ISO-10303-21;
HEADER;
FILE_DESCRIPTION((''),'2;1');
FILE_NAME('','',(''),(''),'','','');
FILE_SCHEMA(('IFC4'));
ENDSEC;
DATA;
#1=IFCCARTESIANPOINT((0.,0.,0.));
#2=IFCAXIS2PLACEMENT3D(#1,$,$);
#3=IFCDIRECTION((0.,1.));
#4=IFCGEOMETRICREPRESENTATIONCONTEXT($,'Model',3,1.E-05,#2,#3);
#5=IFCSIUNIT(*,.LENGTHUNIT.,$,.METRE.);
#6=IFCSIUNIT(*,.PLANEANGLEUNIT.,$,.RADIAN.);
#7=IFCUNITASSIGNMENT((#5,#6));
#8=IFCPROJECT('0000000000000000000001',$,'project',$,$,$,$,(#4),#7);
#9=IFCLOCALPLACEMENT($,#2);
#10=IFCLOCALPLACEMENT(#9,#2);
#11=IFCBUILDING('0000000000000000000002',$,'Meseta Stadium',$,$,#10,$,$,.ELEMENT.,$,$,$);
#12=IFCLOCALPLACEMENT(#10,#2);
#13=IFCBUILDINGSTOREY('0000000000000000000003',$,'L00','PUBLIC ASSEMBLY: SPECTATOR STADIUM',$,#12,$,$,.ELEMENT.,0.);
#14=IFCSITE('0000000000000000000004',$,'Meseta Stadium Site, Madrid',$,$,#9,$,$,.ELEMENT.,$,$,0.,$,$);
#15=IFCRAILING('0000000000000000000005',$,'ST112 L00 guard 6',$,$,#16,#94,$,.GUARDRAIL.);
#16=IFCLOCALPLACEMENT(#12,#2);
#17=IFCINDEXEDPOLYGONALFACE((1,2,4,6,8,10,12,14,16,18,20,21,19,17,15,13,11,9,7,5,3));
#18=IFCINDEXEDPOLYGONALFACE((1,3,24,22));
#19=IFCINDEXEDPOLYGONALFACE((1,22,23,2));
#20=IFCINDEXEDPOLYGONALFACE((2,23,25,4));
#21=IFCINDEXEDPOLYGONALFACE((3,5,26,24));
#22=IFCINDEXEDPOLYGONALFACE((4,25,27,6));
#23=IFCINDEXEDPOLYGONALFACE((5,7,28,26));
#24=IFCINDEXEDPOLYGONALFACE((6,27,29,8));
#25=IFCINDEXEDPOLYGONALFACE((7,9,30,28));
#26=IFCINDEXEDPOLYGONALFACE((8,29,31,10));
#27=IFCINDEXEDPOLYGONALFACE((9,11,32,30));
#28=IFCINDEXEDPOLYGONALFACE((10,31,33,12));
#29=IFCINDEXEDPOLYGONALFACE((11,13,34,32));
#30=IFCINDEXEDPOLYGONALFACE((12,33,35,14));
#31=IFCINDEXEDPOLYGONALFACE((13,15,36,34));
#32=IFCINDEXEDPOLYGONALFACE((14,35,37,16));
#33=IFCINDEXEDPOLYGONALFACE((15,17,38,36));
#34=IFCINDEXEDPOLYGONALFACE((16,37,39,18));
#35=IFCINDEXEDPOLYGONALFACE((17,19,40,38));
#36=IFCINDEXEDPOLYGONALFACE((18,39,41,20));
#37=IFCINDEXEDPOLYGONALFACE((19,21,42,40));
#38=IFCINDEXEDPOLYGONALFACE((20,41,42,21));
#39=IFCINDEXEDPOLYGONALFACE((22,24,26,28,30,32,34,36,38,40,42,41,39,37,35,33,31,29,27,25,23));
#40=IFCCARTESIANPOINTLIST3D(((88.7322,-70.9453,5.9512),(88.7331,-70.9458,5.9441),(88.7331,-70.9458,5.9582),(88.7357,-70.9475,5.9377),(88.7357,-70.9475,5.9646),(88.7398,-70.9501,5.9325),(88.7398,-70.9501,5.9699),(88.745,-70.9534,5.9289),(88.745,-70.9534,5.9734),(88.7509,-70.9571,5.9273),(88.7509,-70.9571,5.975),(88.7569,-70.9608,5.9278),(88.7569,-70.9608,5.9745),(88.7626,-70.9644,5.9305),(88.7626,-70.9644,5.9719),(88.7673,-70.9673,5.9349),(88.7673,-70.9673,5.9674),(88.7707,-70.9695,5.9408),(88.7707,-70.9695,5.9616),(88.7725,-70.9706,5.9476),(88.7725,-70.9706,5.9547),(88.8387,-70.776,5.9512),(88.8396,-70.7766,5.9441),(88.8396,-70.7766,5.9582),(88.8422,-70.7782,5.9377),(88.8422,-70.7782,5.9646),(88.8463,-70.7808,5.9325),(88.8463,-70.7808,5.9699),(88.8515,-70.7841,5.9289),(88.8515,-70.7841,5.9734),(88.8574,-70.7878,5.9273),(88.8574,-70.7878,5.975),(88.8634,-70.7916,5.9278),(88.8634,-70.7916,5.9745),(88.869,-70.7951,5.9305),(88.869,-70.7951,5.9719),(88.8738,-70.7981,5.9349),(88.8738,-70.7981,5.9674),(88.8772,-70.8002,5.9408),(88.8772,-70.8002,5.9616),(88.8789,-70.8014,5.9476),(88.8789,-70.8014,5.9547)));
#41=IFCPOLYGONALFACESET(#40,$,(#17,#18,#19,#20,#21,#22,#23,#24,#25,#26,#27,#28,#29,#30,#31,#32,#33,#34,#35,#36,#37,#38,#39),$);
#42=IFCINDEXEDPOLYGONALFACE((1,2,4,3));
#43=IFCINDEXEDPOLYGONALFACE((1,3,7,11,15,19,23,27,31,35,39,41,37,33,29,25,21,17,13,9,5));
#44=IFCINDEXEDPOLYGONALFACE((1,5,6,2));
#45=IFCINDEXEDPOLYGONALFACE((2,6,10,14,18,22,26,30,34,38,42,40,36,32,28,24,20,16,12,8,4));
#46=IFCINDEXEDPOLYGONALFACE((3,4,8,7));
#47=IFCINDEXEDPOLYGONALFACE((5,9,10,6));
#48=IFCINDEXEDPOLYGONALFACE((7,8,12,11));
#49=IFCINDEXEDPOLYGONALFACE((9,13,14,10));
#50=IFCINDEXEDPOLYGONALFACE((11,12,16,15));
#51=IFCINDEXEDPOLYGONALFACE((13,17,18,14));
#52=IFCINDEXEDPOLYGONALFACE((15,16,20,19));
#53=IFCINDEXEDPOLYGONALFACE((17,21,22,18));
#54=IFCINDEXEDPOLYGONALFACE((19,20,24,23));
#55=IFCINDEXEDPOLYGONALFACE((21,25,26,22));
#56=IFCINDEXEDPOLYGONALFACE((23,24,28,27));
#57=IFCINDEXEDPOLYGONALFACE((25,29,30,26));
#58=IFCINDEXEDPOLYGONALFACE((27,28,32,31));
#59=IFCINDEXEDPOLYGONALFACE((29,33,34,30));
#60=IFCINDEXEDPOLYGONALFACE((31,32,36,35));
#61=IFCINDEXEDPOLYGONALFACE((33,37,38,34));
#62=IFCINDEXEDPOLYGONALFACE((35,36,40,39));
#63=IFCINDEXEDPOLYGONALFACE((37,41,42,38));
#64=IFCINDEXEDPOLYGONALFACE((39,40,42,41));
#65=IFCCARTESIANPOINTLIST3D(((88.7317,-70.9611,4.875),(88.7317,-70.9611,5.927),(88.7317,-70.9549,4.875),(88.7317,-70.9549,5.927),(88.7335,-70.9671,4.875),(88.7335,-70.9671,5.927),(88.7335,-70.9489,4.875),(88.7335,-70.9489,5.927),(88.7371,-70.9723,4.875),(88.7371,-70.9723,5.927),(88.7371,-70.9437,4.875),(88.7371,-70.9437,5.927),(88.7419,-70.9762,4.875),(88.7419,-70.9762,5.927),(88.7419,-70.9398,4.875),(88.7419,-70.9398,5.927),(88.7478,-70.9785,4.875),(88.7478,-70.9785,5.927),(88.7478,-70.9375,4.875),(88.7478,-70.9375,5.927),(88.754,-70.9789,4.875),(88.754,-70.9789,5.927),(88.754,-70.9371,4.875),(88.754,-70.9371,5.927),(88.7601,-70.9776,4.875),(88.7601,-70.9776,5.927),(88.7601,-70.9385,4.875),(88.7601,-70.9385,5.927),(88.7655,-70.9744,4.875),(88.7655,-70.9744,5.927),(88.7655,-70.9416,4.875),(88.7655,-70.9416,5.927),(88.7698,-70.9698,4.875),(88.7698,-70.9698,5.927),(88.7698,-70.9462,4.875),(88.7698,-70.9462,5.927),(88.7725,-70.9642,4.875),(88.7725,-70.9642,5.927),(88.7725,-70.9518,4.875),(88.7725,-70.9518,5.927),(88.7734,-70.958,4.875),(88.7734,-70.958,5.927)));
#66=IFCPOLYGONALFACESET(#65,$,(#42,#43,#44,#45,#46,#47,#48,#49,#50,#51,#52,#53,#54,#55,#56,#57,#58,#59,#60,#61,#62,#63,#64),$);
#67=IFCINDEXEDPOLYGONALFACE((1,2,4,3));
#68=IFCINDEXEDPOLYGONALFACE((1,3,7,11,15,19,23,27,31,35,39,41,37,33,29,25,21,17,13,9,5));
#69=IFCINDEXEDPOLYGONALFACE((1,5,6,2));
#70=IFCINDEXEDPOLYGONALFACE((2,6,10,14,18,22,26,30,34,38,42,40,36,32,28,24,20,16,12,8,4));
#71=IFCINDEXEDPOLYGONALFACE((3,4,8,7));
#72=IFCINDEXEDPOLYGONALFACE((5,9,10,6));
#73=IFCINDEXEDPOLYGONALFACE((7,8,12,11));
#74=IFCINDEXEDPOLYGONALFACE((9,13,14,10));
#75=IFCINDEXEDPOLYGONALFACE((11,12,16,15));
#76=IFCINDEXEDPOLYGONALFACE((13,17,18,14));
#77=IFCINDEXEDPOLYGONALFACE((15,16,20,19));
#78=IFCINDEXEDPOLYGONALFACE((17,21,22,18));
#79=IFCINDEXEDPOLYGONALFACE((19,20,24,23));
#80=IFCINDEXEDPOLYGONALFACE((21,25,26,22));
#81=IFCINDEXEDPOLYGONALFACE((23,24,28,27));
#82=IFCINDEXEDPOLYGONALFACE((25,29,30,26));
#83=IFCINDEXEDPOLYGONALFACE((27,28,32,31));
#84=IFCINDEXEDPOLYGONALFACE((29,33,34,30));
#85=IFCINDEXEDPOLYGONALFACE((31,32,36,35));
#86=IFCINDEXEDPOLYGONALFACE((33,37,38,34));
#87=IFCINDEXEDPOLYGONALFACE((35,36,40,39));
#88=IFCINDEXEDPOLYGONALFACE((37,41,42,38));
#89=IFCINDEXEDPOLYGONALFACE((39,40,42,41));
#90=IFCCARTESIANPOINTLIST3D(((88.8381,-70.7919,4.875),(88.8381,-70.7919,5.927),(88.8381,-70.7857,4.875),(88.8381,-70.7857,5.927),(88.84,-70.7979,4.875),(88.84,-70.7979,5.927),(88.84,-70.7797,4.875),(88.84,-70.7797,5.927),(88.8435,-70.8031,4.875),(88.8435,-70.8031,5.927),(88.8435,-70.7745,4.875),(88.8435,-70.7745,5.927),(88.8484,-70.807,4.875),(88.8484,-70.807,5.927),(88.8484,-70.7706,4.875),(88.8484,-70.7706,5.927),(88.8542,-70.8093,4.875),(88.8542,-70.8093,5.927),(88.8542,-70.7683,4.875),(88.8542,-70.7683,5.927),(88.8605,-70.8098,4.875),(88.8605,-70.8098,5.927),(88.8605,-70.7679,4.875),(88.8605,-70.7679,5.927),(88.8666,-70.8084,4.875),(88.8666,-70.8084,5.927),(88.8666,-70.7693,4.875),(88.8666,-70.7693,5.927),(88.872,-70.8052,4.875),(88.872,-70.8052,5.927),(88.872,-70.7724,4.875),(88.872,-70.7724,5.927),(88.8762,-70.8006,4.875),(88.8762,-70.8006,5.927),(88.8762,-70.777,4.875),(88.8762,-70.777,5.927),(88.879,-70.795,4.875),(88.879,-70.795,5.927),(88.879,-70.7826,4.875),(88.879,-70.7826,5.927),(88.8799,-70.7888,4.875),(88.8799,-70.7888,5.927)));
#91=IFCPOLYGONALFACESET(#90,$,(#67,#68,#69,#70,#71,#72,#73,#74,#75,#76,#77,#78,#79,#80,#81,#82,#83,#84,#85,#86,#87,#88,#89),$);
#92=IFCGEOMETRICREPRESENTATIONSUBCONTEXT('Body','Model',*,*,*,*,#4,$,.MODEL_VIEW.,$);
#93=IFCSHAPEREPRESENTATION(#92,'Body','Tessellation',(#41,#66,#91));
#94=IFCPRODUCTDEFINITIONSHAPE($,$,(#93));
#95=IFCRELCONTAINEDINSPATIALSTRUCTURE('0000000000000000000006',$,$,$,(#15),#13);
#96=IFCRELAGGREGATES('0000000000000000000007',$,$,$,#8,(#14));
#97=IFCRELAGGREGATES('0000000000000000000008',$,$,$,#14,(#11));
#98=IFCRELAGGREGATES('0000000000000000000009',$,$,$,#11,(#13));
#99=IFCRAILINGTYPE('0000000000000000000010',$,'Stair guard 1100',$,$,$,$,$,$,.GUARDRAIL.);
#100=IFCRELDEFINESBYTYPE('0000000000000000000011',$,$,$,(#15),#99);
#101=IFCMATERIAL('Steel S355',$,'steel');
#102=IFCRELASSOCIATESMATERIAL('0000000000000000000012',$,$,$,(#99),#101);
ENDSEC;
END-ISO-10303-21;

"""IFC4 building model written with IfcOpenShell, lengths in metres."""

from ifc_helpers import new_model, si_unit, direction, frame, origin, origin_2d, place, context, subcontext, project, spatial, circle, extrude, material, type_object, element, save


model = new_model("IFC4")

# Units and contexts
model_context = context("Model", 3, precision=1e-05, world=origin(), true_north=direction((0.0, 1.0)))
body_context = subcontext(model_context, "Body", "Model", "MODEL_VIEW")
ifc_project = project(units=[si_unit("LENGTHUNIT", "METRE"), si_unit("PLANEANGLEUNIT", "RADIAN")], contexts=[model_context])

# Site, building, storey
site_placement = place(None, origin())
site = spatial("IfcSite", under=ifc_project, at=site_placement, Name="Meseta Stadium Site, Madrid", CompositionType="ELEMENT", RefElevation=0.0)
building_placement = place(site_placement, origin())
building = spatial("IfcBuilding", under=site, at=building_placement, Name="Meseta Stadium", CompositionType="ELEMENT")
storey_placement = place(building_placement, origin())
storey = spatial("IfcBuildingStorey", under=building, at=storey_placement, Name="L00", Description="PUBLIC ASSEMBLY: SPECTATOR STADIUM", CompositionType="ELEMENT", Elevation=0.0)

# Railing
ifc_material_1 = material(Name="Steel S355", Category="steel")
railing_type_1 = type_object("IfcRailingType", Name="Stair guard 1100", PredefinedType="GUARDRAIL", material=ifc_material_1)
railing_1_placement = place(storey_placement, frame((88.7524, -70.958, 4.875)))
element("IfcRailing", 1, at=railing_1_placement, inside=storey, type_object=railing_type_1, Name="ST112 L00 guard 6", PredefinedType="GUARDRAIL", context=body_context, shape_type="SweptSolid", body=[
    extrude(circle(Radius=0.0239, at=origin_2d()), frame((0.0, 0.0, 1.0762), z_axis=(0.532522, 0.846416, 0.0), x_axis=(-0.846416, 0.532522, 0.0)), (0.0, 0.0, 1.0), 0.2),
    extrude(circle(Radius=0.021, at=origin_2d()), origin(), (0.0, 0.0, 1.0), 1.052),
    extrude(circle(Radius=0.021, at=origin_2d()), frame((0.1064, 0.1692, 0.0)), (0.0, 0.0, 1.0), 1.052),
])

save(model, "model.ifc")
